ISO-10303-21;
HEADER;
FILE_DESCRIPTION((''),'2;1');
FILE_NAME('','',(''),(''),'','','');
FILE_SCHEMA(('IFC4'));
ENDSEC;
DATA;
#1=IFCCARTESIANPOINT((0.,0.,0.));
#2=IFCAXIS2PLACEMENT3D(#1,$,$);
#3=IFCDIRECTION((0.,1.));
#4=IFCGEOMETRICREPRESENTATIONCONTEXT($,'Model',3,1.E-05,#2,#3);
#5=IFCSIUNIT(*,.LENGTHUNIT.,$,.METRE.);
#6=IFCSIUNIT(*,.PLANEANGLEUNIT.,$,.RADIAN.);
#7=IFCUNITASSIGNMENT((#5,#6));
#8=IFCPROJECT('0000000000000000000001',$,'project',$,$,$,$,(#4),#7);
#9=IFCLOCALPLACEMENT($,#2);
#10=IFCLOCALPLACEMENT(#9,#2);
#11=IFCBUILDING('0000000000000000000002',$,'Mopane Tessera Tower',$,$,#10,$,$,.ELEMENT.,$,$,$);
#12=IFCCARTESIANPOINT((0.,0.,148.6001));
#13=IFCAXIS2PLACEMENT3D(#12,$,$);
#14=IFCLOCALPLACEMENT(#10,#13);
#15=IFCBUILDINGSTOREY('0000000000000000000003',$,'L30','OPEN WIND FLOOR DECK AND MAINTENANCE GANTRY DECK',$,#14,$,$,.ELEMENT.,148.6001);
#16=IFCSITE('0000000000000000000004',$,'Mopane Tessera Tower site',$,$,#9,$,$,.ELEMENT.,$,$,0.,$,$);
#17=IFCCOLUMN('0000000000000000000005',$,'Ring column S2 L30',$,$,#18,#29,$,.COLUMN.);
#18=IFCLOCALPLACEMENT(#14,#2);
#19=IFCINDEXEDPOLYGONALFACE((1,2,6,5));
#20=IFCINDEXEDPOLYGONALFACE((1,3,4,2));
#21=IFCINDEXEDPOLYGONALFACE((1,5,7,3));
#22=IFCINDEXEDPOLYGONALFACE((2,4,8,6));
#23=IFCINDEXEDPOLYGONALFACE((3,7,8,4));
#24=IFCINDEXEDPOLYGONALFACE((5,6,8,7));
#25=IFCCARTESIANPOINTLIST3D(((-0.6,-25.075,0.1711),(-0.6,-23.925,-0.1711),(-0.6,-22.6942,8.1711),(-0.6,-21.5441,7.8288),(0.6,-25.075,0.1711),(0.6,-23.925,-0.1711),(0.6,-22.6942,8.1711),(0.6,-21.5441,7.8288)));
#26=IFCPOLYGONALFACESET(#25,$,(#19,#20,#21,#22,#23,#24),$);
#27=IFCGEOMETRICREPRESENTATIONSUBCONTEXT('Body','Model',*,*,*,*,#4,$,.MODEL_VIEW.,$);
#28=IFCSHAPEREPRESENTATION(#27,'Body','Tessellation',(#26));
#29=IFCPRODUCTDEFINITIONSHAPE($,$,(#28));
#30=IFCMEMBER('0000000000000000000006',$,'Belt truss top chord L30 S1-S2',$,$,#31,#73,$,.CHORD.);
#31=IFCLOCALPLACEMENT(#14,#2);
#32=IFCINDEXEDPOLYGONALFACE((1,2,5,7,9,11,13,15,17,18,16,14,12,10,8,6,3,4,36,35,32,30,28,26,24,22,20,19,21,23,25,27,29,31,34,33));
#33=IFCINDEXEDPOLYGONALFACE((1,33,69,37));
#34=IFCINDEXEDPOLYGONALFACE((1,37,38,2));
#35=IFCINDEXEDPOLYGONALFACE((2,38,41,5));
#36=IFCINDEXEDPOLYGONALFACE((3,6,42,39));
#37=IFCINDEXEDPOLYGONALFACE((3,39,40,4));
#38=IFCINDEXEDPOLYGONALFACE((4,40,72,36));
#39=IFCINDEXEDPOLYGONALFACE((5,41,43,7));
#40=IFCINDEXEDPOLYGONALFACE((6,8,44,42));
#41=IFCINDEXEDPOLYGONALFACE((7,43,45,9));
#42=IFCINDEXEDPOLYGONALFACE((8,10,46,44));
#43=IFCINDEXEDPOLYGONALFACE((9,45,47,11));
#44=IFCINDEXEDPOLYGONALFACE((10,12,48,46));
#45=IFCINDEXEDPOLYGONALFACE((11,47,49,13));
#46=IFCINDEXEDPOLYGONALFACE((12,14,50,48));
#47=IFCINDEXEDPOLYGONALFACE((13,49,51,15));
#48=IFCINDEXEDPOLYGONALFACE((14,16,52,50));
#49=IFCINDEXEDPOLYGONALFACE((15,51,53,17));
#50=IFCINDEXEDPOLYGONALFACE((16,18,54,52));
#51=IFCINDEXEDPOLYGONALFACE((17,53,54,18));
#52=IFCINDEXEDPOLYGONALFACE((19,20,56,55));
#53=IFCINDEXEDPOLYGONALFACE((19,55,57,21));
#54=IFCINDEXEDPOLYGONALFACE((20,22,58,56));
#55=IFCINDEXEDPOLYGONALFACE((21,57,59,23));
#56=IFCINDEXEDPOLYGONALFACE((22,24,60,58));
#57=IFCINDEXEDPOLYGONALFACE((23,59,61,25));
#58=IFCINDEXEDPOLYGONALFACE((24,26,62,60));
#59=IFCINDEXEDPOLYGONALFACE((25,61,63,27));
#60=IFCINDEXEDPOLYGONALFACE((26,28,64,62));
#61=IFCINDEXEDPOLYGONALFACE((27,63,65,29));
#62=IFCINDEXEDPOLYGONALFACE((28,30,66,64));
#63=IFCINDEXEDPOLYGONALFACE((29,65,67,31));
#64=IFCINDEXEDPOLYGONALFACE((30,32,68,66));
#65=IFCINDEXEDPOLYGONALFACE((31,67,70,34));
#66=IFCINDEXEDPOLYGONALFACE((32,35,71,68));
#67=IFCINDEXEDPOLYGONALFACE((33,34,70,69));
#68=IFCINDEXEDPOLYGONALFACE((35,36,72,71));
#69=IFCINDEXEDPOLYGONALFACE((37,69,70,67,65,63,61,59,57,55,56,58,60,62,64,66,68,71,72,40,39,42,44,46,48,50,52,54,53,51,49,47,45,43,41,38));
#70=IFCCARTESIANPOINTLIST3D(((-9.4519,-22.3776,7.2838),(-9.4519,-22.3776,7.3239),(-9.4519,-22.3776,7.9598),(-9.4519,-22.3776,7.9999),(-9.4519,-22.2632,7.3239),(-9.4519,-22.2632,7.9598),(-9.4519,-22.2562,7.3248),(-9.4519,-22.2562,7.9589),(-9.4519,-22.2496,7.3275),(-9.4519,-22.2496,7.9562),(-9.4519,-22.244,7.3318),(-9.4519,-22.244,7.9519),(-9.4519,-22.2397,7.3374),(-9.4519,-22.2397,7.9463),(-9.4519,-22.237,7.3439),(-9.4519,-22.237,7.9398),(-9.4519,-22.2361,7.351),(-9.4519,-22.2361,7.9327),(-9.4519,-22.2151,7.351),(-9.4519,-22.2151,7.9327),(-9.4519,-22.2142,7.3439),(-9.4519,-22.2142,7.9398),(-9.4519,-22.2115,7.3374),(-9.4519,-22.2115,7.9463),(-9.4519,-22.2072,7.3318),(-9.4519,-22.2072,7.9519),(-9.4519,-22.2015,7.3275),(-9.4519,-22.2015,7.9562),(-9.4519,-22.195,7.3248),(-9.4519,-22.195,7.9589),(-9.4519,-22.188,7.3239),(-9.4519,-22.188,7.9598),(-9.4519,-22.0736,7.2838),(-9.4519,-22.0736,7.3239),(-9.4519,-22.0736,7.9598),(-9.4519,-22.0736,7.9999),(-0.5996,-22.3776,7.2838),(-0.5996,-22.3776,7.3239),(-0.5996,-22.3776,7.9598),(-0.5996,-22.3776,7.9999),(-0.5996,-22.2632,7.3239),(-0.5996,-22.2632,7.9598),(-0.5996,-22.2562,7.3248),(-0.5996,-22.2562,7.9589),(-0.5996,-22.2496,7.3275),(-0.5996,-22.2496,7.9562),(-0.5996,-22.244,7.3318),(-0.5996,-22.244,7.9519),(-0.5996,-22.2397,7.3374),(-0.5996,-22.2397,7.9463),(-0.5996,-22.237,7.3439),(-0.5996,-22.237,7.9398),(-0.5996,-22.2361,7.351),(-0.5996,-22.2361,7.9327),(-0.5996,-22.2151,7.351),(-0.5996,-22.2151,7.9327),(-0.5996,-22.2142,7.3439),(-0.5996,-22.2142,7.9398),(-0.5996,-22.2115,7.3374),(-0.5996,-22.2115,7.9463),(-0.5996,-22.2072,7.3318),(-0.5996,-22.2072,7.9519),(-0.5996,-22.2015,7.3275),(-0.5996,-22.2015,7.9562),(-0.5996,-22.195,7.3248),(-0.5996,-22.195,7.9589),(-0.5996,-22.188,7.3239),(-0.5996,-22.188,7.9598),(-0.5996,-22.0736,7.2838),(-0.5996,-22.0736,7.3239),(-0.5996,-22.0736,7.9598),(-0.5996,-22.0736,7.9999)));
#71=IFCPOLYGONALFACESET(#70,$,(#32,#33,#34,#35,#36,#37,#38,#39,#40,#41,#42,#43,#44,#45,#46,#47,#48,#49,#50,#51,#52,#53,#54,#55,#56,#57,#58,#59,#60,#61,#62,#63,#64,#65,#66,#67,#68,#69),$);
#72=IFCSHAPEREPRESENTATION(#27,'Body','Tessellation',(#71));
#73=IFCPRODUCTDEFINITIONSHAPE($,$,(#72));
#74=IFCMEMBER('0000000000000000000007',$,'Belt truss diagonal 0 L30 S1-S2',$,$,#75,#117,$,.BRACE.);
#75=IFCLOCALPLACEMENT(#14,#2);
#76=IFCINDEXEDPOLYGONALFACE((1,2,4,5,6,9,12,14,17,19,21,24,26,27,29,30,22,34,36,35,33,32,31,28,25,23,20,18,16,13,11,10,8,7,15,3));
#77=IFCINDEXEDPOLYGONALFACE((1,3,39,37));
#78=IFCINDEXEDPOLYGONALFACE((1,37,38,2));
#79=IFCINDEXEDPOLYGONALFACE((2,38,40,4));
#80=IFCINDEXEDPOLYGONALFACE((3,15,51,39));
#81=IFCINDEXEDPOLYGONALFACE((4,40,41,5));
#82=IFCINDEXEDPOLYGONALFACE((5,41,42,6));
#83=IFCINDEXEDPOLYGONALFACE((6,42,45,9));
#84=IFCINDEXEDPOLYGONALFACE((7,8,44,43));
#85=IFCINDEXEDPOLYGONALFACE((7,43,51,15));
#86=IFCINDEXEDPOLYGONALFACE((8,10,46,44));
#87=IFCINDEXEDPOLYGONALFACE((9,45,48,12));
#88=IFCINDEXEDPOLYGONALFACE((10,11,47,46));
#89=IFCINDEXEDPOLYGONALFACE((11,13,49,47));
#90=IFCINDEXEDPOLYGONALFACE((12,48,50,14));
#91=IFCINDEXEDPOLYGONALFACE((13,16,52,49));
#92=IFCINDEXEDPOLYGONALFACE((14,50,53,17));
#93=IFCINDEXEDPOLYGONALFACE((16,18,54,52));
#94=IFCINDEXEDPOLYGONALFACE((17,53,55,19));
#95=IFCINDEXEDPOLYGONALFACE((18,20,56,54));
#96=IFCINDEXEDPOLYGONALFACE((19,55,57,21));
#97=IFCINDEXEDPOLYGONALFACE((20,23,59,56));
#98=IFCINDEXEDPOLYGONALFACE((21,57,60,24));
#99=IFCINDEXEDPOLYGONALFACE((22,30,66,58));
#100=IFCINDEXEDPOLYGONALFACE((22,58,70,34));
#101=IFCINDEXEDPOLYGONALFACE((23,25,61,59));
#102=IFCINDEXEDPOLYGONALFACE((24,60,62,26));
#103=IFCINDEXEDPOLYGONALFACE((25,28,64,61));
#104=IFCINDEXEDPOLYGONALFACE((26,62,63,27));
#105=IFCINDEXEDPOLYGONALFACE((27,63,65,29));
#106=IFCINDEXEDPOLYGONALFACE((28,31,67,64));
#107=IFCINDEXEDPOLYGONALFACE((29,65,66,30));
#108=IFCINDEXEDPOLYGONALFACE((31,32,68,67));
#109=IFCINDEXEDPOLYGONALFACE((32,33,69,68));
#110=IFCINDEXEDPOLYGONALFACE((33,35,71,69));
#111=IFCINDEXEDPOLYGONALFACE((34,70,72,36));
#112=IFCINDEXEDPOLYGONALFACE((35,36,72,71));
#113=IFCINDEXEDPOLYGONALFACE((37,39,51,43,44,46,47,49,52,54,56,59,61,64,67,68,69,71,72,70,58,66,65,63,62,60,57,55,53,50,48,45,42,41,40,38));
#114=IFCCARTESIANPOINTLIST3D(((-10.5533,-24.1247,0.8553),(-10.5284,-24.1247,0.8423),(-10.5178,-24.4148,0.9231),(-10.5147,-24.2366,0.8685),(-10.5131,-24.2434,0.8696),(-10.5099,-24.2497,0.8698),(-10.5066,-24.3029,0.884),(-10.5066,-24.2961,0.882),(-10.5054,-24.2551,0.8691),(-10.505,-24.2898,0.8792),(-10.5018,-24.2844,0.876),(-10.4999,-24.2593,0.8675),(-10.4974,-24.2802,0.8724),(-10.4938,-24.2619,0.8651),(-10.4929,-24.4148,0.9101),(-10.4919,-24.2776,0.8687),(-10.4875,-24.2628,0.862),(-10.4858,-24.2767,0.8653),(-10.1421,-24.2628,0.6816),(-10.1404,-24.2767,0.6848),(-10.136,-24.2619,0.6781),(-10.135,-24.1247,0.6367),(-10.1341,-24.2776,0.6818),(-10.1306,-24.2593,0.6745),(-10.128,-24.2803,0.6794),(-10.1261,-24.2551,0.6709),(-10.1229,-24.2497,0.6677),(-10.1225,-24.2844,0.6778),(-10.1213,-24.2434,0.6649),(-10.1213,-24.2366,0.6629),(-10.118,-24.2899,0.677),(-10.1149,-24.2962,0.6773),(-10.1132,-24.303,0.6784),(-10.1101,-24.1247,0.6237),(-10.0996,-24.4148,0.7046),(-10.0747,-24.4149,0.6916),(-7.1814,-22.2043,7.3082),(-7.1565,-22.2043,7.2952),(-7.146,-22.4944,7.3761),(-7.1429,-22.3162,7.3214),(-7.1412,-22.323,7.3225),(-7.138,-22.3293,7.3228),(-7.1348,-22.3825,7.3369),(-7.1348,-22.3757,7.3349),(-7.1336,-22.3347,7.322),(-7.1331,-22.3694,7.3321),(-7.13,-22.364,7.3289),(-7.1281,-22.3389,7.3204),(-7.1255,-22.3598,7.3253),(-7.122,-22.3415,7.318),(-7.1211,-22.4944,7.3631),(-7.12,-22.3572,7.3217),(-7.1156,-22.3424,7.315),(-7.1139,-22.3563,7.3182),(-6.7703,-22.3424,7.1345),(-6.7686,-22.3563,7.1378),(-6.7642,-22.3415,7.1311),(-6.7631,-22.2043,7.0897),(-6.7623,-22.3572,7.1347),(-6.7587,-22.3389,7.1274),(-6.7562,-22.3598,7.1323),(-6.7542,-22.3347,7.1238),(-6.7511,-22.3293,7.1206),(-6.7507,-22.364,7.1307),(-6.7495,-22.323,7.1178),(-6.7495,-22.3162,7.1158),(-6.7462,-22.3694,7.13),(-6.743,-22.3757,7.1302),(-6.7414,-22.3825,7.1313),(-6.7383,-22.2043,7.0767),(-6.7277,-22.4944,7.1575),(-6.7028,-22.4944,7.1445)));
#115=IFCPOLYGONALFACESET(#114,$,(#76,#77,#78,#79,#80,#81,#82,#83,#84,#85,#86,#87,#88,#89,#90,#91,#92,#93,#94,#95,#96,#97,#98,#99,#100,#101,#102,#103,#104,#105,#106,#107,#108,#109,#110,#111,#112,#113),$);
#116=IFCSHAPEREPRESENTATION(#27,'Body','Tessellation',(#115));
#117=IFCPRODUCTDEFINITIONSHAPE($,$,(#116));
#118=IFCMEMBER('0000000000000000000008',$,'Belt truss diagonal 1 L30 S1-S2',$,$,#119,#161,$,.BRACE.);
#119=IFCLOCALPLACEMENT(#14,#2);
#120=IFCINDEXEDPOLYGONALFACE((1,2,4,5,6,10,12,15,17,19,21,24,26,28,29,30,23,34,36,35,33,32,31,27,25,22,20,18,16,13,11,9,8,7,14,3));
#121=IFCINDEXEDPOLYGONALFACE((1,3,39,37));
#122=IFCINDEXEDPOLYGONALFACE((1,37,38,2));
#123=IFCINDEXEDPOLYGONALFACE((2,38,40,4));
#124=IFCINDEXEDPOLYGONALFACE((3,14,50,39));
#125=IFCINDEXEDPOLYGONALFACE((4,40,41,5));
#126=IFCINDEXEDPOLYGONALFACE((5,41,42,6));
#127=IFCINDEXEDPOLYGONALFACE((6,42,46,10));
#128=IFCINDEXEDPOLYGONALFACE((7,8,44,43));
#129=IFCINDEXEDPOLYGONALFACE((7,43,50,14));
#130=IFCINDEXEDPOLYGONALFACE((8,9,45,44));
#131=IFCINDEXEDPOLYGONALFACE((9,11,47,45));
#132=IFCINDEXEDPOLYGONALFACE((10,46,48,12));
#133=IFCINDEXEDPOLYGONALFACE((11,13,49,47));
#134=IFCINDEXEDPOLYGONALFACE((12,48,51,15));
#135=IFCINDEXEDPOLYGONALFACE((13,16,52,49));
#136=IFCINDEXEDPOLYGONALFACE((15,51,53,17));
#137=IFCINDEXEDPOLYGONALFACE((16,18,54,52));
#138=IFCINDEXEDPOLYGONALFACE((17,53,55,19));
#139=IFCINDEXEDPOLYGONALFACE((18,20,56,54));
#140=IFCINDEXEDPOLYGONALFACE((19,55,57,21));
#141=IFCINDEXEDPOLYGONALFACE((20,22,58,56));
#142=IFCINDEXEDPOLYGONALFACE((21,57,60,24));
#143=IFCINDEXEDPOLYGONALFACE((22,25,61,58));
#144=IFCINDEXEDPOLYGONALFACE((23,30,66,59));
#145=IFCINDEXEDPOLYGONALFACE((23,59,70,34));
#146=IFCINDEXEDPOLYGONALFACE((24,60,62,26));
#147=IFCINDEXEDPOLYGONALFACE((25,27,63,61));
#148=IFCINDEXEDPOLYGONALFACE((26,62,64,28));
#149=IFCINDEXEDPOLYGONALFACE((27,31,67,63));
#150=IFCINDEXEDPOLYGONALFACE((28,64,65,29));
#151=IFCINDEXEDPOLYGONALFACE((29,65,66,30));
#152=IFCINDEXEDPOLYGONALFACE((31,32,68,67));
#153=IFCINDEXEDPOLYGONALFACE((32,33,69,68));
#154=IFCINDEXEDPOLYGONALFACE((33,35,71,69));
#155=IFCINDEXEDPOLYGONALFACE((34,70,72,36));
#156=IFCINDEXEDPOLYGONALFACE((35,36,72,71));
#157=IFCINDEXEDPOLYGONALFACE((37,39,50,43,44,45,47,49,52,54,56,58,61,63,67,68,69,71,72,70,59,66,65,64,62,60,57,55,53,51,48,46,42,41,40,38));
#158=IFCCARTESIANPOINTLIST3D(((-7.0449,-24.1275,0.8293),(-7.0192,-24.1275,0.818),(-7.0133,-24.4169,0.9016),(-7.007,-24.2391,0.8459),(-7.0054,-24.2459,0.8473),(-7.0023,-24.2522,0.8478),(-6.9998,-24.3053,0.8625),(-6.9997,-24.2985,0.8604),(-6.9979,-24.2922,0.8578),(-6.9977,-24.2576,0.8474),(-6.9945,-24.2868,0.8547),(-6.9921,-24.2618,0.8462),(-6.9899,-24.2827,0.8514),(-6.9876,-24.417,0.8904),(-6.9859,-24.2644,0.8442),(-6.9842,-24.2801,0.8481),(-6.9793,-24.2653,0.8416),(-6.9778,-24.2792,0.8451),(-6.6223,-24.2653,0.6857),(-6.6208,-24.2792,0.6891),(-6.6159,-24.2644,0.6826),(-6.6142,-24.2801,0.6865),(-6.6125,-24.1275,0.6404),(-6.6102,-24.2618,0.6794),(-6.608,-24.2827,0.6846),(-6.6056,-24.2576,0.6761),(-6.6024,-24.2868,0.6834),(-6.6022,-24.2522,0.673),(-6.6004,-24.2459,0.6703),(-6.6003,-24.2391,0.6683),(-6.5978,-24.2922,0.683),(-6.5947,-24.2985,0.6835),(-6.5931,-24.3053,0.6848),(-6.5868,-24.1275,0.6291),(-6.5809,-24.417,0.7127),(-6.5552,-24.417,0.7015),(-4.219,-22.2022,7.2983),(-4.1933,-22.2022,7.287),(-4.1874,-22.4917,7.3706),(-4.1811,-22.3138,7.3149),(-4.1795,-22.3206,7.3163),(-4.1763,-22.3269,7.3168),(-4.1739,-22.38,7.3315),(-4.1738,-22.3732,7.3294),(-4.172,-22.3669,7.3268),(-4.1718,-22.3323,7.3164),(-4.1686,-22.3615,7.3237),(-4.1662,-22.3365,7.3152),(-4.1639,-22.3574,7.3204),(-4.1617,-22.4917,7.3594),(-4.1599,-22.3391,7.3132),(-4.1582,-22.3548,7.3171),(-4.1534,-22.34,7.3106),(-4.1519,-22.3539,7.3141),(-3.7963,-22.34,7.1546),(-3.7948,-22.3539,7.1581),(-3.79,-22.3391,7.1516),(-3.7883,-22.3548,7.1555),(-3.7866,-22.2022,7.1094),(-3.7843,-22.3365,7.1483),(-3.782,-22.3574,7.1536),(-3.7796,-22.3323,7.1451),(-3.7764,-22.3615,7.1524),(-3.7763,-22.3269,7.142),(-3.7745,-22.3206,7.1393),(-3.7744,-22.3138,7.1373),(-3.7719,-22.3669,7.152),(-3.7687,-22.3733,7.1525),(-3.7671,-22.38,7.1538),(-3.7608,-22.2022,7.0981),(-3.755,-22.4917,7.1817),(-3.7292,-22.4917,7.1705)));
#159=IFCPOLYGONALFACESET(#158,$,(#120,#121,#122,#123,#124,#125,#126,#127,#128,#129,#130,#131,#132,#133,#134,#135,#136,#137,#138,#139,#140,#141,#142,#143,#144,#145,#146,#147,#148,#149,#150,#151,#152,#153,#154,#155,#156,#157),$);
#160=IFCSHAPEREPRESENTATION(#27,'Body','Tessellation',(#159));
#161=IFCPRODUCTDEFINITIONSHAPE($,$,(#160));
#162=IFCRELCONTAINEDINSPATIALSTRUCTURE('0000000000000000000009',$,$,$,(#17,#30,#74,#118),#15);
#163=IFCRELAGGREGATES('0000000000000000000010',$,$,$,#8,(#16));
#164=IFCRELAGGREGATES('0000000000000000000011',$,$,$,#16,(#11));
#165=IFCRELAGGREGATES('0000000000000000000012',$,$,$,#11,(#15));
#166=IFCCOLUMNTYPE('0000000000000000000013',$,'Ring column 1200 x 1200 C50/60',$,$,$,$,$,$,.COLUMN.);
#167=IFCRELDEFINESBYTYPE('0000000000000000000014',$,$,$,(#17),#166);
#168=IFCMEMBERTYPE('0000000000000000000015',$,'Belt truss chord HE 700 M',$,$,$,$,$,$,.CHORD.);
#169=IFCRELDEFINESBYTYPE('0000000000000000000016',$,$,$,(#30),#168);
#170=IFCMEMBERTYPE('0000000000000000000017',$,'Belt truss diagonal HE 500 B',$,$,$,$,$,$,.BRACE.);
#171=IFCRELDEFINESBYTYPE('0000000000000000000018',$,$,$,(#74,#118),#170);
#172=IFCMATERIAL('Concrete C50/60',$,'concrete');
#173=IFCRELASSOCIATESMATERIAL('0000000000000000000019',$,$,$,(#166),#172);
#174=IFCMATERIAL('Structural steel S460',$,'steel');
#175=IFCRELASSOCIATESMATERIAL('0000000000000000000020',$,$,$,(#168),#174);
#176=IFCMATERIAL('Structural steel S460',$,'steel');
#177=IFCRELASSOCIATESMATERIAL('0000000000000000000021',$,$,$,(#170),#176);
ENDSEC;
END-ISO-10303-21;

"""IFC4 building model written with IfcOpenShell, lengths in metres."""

from ifc_helpers import new_model, si_unit, direction, frame, origin, origin_2d, place, context, subcontext, project, spatial, rectangle, i_section, extrude, material, material_profile, profile_set, type_object, element, save


model = new_model("IFC4")

# Units and contexts
model_context = context("Model", 3, precision=1e-05, world=origin(), true_north=direction((0.0, 1.0)))
body_context = subcontext(model_context, "Body", "Model", "MODEL_VIEW")
ifc_project = project(units=[si_unit("LENGTHUNIT", "METRE"), si_unit("PLANEANGLEUNIT", "RADIAN")], contexts=[model_context])

# Site, building, storey
site_placement = place(None, origin())
site = spatial("IfcSite", under=ifc_project, at=site_placement, Name="Mopane Tessera Tower site", CompositionType="ELEMENT", RefElevation=0.0)
building_placement = place(site_placement, origin())
building = spatial("IfcBuilding", under=site, at=building_placement, Name="Mopane Tessera Tower", CompositionType="ELEMENT")
storey_placement = place(building_placement, frame((0.0, 0.0, 148.6001)))
storey = spatial("IfcBuildingStorey", under=building, at=storey_placement, Name="L30", Description="OPEN WIND FLOOR DECK AND MAINTENANCE GANTRY DECK", CompositionType="ELEMENT", Elevation=148.6001)

# Column
ifc_material_1 = material(Name="Concrete C50/60", Category="concrete")
ifc_material_profile_1 = material_profile(ifc_material_1, rectangle(XDim=1.2, YDim=1.2, at=origin_2d()))
ifc_profile_set_1 = profile_set([ifc_material_profile_1], Name="Concrete C50/60")
column_type = type_object("IfcColumnType", Name="Ring column 1200 x 1200 C50/60", PredefinedType="COLUMN", material=ifc_profile_set_1)
column_placement = place(storey_placement, frame((0.0, -24.5, 0.0), z_axis=(0.0, 0.285243, 0.958455), x_axis=(-1.0, 0.0, 0.0)))
element("IfcColumn", 1, at=column_placement, inside=storey, type_object=column_type, Name="Ring column S2 L30", PredefinedType="COLUMN", context=body_context, shape_type="SweptSolid", body=[
    extrude(rectangle(XDim=1.2, YDim=1.2, at=origin_2d()), origin(), (0.0, 0.0, 1.0), 8.3467),
])

# Members
ifc_material_2 = material(Name="Structural steel S460", Category="steel")
ifc_material_profile_2 = material_profile(ifc_material_2, i_section(OverallWidth=0.304, OverallDepth=0.7161, WebThickness=0.021, FlangeThickness=0.04, FilletRadius=0.0271, at=origin_2d()))
ifc_profile_set_2 = profile_set([ifc_material_profile_2], Name="Structural steel S460")
member_type_1 = type_object("IfcMemberType", Name="Belt truss chord HE 700 M", PredefinedType="CHORD", material=ifc_profile_set_2)
member_1_placement = place(storey_placement, frame((-9.4519, -22.2256, 7.6418), z_axis=(1.0, 0.0, 0.0), x_axis=(0.0, 1.0, 0.0)))
element("IfcMember", 2, at=member_1_placement, inside=storey, type_object=member_type_1, Name="Belt truss top chord L30 S1-S2", PredefinedType="CHORD", context=body_context, shape_type="SweptSolid", body=[
    extrude(i_section(OverallWidth=0.304, OverallDepth=0.7161, WebThickness=0.021, FlangeThickness=0.04, FilletRadius=0.0271, at=origin_2d()), origin(), (0.0, 0.0, 1.0), 8.8523),
])
ifc_material_3 = material(Name="Structural steel S460", Category="steel")
ifc_material_profile_3 = material_profile(ifc_material_3, i_section(OverallWidth=0.3, OverallDepth=0.5, WebThickness=0.0144, FlangeThickness=0.0281, FilletRadius=0.0271, at=origin_2d()))
ifc_profile_set_3 = profile_set([ifc_material_profile_3], Name="Structural steel S460")
member_type_2 = type_object("IfcMemberType", Name="Belt truss diagonal HE 500 B", PredefinedType="BRACE", material=ifc_profile_set_3)
member_2_placement = place(storey_placement, frame((-10.314, -24.2698, 0.7734), z_axis=(0.447802, 0.255044, 0.856987), x_axis=(-0.118069, 0.96693, -0.226068)))
element("IfcMember", 3, at=member_2_placement, inside=storey, type_object=member_type_2, Name="Belt truss diagonal 0 L30 S1-S2", PredefinedType="BRACE", context=body_context, shape_type="SweptSolid", body=[
    extrude(i_section(OverallWidth=0.3, OverallDepth=0.5, WebThickness=0.0144, FlangeThickness=0.0281, FilletRadius=0.0271, at=origin_2d()), origin(), (0.0, 0.0, 1.0), 7.5298),
])
member_3_placement = place(storey_placement, frame((-6.8, -24.2722, 0.7654), z_axis=(0.386207, 0.263121, 0.884088), x_axis=(-0.105312, 0.964763, -0.241127)))
element("IfcMember", 4, at=member_3_placement, inside=storey, type_object=member_type_2, Name="Belt truss diagonal 1 L30 S1-S2", PredefinedType="BRACE", context=body_context, shape_type="SweptSolid", body=[
    extrude(i_section(OverallWidth=0.3, OverallDepth=0.5, WebThickness=0.0144, FlangeThickness=0.0281, FilletRadius=0.0271, at=origin_2d()), origin(), (0.0, 0.0, 1.0), 7.3171),
])

save(model, "model.ifc")
